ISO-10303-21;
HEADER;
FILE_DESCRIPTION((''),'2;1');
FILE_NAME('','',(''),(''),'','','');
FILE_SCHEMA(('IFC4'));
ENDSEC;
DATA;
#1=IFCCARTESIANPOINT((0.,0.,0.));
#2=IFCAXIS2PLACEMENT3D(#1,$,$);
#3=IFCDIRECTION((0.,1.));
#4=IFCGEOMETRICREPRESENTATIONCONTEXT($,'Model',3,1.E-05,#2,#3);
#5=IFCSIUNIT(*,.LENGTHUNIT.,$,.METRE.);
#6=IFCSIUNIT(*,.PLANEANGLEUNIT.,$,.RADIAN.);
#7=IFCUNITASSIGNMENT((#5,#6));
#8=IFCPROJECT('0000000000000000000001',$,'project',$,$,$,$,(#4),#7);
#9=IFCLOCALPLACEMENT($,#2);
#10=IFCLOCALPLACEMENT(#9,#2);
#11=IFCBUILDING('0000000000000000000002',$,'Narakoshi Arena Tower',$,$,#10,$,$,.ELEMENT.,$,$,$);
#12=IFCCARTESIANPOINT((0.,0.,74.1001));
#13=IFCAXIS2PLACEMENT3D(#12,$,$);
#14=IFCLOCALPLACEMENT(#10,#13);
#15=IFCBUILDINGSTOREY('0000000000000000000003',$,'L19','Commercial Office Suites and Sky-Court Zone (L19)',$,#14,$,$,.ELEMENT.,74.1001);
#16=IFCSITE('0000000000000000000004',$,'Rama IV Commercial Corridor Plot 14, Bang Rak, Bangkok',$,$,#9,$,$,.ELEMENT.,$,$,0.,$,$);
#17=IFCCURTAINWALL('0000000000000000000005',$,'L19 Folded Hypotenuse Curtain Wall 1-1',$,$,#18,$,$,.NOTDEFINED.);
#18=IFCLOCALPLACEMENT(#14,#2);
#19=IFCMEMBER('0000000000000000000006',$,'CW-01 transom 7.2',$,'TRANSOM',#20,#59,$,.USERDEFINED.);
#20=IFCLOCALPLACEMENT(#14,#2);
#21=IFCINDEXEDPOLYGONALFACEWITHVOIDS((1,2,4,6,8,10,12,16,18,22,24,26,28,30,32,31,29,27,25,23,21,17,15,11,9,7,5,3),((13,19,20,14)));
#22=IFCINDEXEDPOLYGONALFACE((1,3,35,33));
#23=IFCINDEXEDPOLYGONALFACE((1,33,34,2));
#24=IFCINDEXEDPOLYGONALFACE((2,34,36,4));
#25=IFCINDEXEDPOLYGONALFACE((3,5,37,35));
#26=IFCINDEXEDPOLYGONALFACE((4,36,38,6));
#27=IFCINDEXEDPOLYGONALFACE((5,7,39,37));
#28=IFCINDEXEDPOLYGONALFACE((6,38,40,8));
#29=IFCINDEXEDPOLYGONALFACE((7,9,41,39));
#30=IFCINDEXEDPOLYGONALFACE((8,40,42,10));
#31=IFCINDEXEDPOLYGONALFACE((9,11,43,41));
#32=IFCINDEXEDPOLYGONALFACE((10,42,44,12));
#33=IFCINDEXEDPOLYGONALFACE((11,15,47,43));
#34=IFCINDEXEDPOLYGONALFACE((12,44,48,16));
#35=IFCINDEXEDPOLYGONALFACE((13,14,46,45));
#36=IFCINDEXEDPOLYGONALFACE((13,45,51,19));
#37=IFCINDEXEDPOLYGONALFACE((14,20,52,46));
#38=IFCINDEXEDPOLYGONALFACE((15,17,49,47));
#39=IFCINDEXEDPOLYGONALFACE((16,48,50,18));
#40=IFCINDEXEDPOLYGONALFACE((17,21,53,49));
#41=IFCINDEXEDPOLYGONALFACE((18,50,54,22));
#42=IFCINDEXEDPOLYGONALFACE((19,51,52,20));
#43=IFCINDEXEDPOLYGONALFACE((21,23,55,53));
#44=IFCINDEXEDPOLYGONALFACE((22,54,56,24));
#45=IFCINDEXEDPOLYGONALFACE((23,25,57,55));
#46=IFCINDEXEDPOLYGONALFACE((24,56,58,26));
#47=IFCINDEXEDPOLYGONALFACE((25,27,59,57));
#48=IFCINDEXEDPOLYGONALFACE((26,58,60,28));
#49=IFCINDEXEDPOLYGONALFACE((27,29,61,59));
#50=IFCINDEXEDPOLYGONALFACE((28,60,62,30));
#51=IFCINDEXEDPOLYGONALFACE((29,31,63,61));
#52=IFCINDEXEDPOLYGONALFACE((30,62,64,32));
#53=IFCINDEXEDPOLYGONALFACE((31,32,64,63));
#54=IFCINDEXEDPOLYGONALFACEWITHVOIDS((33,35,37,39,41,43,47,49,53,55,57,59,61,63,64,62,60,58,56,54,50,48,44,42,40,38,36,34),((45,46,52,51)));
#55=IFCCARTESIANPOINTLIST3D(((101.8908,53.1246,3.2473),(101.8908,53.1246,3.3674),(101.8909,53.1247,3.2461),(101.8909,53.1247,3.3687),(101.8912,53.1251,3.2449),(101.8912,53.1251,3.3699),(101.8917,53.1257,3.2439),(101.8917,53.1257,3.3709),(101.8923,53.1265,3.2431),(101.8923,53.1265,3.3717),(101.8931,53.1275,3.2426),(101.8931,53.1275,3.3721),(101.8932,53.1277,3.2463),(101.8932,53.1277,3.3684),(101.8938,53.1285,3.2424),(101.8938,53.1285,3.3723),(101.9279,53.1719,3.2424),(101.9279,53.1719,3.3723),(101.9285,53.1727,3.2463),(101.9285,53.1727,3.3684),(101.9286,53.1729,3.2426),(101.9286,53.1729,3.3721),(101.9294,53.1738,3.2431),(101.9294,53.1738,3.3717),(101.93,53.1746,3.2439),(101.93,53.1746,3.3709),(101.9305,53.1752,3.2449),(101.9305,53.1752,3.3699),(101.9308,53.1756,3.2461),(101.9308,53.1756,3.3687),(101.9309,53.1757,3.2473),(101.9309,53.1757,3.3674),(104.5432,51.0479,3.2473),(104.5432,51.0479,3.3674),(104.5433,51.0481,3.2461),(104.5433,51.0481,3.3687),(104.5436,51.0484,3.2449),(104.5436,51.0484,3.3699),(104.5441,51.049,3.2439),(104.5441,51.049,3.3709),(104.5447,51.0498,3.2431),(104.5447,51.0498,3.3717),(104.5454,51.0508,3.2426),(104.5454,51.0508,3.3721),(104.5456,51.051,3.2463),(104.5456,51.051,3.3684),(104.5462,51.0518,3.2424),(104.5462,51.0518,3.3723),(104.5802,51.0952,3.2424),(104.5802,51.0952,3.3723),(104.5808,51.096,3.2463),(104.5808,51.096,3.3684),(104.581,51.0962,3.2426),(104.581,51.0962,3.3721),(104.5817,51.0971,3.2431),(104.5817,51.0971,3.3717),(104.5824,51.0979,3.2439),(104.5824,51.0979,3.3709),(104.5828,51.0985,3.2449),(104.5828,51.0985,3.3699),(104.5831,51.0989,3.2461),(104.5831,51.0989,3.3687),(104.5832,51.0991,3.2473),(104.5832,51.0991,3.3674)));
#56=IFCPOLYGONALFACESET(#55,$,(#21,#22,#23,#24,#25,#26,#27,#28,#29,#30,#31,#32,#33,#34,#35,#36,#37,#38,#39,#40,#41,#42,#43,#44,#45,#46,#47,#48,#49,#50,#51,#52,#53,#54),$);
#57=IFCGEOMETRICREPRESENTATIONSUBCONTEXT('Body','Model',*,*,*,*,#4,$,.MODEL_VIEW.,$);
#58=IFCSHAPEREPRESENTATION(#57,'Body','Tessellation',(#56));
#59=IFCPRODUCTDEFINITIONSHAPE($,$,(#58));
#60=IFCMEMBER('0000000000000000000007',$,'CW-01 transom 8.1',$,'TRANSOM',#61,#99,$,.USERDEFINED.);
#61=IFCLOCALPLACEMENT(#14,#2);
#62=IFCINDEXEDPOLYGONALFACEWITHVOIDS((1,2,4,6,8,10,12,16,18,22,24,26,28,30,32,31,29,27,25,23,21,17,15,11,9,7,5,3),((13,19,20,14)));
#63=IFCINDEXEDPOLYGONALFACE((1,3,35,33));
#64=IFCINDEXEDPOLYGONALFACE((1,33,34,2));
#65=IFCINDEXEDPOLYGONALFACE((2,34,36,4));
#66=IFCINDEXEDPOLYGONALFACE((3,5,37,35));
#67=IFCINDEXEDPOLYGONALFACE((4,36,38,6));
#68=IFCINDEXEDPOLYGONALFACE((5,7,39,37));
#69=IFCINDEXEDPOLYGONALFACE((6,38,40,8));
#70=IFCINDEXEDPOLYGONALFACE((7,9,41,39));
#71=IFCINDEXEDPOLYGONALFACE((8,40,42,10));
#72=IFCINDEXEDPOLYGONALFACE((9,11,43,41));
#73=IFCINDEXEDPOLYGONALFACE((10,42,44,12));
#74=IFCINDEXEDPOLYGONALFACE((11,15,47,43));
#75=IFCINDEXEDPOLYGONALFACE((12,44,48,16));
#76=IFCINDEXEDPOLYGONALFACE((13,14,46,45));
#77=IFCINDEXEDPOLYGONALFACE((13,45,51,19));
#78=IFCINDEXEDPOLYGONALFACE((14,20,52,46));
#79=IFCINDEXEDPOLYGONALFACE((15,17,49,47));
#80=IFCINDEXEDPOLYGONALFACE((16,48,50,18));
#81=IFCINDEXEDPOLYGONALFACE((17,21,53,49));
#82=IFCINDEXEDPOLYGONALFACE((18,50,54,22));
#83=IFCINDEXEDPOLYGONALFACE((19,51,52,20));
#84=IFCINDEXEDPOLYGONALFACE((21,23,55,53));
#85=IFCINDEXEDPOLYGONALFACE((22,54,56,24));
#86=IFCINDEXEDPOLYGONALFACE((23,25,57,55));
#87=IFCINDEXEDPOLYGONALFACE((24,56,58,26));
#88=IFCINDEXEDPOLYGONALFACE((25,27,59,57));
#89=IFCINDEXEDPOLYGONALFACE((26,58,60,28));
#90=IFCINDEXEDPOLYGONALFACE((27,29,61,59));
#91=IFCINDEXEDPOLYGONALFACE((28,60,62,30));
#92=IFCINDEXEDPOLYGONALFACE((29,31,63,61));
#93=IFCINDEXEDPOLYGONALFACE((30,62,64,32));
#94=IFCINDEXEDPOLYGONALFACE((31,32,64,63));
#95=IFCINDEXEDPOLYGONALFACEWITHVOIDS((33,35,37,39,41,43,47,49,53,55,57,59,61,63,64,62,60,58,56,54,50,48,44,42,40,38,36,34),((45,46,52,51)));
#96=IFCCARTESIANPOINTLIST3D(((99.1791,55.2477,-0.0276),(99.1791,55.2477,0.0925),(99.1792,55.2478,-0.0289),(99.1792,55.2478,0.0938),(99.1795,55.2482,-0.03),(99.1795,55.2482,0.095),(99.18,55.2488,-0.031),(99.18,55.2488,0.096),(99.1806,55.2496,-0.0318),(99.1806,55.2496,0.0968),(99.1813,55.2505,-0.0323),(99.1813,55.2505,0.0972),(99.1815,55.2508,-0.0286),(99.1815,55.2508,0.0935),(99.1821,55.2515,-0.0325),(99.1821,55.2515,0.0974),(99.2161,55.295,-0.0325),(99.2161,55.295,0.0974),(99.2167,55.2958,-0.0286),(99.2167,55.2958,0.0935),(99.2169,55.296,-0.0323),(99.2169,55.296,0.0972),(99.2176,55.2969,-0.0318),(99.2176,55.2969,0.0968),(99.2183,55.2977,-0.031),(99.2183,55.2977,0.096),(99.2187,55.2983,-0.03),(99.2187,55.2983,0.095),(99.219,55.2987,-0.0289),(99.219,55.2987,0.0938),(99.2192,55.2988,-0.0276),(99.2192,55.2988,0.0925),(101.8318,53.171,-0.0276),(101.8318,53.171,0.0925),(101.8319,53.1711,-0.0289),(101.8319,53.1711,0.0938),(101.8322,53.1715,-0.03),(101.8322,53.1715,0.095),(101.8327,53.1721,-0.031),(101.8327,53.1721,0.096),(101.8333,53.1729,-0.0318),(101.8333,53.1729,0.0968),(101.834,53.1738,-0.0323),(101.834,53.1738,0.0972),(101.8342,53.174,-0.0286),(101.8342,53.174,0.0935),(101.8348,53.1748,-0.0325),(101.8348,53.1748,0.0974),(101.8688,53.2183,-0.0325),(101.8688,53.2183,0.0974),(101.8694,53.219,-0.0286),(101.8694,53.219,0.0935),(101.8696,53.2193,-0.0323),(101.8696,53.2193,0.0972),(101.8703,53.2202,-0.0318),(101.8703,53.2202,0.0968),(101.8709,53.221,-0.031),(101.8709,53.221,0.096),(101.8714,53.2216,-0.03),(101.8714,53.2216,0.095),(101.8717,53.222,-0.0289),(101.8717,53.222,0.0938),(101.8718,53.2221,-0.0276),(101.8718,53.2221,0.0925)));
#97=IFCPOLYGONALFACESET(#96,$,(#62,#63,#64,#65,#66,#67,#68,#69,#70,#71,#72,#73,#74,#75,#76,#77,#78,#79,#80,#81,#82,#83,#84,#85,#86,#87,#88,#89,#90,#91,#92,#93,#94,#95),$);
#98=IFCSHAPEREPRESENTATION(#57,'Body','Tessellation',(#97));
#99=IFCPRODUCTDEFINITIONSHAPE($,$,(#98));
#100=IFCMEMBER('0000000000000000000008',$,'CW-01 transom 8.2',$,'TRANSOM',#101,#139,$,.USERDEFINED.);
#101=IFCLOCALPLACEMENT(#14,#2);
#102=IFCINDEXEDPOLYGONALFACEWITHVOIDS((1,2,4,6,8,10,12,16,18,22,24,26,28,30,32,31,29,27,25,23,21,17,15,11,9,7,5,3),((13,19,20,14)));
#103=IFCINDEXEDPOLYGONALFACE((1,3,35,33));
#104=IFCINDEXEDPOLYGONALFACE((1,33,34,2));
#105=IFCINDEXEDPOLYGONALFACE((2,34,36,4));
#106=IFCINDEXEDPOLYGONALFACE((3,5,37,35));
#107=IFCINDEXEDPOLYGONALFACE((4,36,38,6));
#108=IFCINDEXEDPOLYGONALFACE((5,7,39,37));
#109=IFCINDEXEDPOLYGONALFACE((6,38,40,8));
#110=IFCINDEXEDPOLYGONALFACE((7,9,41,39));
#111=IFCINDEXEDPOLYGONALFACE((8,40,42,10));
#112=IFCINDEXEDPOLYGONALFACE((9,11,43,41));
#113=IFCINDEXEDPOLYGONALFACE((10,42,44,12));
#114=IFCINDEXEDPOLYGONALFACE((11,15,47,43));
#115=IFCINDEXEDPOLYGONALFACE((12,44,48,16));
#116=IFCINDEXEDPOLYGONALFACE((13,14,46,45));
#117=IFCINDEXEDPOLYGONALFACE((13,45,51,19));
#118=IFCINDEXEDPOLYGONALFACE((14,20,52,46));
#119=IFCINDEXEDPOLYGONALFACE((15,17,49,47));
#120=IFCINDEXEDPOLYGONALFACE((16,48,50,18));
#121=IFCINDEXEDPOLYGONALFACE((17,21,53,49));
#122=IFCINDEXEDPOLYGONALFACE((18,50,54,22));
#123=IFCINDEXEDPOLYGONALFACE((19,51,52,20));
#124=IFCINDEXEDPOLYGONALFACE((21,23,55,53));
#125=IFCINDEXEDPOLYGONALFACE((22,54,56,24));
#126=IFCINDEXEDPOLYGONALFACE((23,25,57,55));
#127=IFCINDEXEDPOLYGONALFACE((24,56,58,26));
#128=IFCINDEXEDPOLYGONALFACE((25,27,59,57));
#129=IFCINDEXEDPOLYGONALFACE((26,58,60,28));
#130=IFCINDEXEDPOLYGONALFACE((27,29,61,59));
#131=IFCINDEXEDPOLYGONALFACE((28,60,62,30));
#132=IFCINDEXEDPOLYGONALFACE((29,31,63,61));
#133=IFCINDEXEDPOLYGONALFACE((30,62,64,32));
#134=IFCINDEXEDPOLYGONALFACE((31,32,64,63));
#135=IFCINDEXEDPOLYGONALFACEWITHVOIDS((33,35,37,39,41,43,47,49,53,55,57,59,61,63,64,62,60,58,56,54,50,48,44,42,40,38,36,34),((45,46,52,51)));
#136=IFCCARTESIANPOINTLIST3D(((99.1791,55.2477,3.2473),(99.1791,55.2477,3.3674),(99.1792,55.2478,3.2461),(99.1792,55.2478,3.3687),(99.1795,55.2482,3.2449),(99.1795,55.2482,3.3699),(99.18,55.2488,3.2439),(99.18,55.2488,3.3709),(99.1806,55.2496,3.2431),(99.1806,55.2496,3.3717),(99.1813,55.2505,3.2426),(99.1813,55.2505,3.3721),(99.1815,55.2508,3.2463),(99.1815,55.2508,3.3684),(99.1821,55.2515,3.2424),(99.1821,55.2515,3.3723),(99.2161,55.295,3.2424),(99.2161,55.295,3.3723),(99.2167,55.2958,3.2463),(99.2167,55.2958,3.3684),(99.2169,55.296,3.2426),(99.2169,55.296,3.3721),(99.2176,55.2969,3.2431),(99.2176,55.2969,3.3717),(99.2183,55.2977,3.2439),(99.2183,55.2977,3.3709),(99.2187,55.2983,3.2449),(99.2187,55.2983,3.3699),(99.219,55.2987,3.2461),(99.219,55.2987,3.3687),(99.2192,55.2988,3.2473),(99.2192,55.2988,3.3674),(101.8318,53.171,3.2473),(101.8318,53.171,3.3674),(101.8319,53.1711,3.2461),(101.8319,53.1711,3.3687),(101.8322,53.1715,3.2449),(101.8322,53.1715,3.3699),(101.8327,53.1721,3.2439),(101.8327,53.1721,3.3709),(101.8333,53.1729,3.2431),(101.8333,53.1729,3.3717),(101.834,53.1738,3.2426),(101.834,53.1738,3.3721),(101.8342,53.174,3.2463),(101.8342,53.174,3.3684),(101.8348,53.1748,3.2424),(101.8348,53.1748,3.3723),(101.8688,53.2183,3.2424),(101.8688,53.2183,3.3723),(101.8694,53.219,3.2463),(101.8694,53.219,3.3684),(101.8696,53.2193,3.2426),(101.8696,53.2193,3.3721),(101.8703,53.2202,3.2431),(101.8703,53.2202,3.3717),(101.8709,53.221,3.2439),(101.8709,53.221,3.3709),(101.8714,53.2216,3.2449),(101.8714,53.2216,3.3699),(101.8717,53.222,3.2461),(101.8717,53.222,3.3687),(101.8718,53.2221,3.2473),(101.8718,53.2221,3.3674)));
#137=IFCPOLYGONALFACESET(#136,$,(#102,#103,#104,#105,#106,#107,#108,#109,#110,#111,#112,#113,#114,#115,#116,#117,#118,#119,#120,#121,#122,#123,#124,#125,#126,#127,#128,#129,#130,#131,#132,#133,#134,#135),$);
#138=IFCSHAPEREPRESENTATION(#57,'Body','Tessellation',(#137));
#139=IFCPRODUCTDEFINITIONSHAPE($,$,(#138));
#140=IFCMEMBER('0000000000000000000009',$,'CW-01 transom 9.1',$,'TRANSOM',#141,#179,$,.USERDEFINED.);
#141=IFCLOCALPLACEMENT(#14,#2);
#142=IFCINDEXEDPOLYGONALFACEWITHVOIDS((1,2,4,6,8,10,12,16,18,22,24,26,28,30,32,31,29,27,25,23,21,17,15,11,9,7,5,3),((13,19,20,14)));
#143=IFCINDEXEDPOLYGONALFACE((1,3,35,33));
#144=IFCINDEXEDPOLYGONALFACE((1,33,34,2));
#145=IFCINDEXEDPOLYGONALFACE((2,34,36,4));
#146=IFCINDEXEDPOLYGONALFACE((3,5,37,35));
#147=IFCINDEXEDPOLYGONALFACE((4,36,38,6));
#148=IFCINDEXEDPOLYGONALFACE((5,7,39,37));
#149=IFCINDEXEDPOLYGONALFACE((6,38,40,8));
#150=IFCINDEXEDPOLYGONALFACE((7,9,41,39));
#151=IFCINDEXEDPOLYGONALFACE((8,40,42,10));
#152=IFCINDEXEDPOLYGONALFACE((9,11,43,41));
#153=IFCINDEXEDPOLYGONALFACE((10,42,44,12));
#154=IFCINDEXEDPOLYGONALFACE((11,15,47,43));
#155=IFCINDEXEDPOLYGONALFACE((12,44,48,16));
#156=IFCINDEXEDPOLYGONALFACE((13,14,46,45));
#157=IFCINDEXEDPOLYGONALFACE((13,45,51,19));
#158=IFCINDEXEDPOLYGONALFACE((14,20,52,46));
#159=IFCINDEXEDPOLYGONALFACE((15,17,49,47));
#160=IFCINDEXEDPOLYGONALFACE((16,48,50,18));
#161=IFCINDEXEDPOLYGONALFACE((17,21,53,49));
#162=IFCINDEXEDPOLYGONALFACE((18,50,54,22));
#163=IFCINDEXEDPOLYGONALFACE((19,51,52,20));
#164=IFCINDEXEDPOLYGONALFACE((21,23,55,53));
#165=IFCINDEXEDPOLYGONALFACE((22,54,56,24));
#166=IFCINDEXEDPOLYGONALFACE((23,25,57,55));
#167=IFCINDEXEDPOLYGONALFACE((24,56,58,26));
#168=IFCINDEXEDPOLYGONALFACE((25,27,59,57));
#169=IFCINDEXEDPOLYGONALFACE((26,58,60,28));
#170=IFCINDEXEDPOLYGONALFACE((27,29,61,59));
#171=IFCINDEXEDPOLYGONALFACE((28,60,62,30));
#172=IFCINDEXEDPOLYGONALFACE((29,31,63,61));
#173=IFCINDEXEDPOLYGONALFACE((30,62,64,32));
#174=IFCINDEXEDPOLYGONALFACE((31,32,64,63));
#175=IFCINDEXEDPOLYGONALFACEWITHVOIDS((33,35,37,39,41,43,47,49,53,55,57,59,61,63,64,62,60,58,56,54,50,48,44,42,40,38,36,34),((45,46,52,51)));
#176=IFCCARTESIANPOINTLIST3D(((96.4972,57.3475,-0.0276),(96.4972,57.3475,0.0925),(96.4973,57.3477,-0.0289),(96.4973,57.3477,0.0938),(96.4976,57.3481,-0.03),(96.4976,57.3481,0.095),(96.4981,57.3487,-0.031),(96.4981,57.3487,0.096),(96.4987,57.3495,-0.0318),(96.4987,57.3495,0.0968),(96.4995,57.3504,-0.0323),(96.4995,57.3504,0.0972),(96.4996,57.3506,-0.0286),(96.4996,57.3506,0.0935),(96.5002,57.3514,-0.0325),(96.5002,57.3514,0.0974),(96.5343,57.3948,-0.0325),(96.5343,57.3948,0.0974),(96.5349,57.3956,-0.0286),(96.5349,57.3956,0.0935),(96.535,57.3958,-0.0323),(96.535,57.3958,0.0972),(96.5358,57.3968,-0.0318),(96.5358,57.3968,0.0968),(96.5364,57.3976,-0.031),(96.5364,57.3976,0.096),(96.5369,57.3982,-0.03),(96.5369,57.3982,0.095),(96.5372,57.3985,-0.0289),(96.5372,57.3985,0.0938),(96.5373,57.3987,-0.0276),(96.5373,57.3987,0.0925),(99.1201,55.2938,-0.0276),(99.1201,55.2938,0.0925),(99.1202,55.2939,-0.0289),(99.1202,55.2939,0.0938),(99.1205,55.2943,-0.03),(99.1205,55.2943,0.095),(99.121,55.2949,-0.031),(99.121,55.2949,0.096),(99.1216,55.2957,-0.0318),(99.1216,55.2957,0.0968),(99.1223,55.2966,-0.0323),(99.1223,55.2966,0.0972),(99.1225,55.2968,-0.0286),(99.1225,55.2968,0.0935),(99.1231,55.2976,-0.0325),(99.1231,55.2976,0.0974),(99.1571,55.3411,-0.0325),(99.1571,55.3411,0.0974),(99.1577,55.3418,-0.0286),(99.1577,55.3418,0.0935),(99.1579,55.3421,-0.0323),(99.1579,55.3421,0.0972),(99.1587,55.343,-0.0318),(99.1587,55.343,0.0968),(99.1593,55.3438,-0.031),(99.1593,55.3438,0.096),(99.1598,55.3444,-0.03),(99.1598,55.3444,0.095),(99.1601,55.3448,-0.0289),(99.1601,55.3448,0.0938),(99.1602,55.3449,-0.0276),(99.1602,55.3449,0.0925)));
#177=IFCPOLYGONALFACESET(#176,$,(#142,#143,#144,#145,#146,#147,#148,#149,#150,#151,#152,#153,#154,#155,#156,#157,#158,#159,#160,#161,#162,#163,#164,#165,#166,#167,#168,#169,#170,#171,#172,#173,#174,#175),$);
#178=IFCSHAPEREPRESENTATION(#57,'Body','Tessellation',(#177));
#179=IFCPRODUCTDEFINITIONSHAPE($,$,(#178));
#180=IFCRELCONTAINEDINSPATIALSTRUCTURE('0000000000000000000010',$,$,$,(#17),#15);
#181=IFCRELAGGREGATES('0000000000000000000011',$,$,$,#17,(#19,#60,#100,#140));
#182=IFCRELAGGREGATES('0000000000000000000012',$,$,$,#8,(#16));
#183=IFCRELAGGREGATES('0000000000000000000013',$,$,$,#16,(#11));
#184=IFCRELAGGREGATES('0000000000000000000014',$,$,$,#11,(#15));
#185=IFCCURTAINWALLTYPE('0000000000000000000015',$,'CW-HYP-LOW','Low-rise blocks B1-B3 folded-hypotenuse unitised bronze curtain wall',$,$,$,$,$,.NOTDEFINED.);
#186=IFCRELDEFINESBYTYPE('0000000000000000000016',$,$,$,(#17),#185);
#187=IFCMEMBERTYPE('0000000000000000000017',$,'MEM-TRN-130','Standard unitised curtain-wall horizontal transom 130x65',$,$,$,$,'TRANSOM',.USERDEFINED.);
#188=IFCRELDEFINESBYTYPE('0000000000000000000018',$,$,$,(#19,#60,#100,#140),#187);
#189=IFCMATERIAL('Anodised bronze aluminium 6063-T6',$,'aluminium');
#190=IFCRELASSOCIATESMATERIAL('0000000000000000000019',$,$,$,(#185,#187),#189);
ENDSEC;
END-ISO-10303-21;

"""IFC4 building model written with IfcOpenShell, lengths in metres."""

from ifc_helpers import new_model, si_unit, direction, frame, origin, origin_2d, place, context, subcontext, project, spatial, hollow_rectangle, extrude, material, material_profile, profile_set, type_object, element, aggregate, save


model = new_model("IFC4")

# Units and contexts
model_context = context("Model", 3, precision=1e-05, world=origin(), true_north=direction((0.0, 1.0)))
body_context = subcontext(model_context, "Body", "Model", "MODEL_VIEW")
ifc_project = project(units=[si_unit("LENGTHUNIT", "METRE"), si_unit("PLANEANGLEUNIT", "RADIAN")], contexts=[model_context])

# Site, building, storey
site_placement = place(None, origin())
site = spatial("IfcSite", under=ifc_project, at=site_placement, Name="Rama IV Commercial Corridor Plot 14, Bang Rak, Bangkok", CompositionType="ELEMENT", RefElevation=0.0)
building_placement = place(site_placement, origin())
building = spatial("IfcBuilding", under=site, at=building_placement, Name="Narakoshi Arena Tower", CompositionType="ELEMENT")
storey_placement = place(building_placement, frame((0.0, 0.0, 74.1001)))
storey = spatial("IfcBuildingStorey", under=building, at=storey_placement, Name="L19", Description="Commercial Office Suites and Sky-Court Zone (L19)", CompositionType="ELEMENT", Elevation=74.1001)

# Curtain wall, members
ifc_material_1 = material(Name="Anodised bronze aluminium 6063-T6", Category="aluminium")
curtain_wall_type = type_object("IfcCurtainWallType", Name="CW-HYP-LOW", Description="Low-rise blocks B1-B3 folded-hypotenuse unitised bronze curtain wall", PredefinedType="NOTDEFINED", material=ifc_material_1)
curtain_wall_placement = place(storey_placement, origin())
curtain_wall = element("IfcCurtainWall", 1, at=curtain_wall_placement, inside=storey, type_object=curtain_wall_type, Name="L19 Folded Hypotenuse Curtain Wall 1-1", PredefinedType="NOTDEFINED")
ifc_material_profile_1 = material_profile(ifc_material_1, hollow_rectangle(XDim=0.0649, YDim=0.1299, WallThickness=0.0039, OuterFilletRadius=0.0049, at=origin_2d()), Name="TRN130x65x4")
ifc_profile_set_1 = profile_set([ifc_material_profile_1], Name="Anodised bronze aluminium 6063-T6")
member_type_1 = type_object("IfcMemberType", Name="MEM-TRN-130", Description="Standard unitised curtain-wall horizontal transom 130x65", ElementType="TRANSOM", PredefinedType="USERDEFINED", material=ifc_profile_set_1)
member_1_placement = place(storey_placement, frame((104.5632, 51.0735, 3.3074), z_axis=(-0.787373, 0.616476, 0.0), x_axis=(-0.616476, -0.787373, 0.0)))
member_1 = element("IfcMember", 2, at=member_1_placement, type_object=member_type_1, Name="CW-01 transom 7.2", ObjectType="TRANSOM", PredefinedType="USERDEFINED", context=body_context, shape_type="SweptSolid", body=[
    extrude(hollow_rectangle(XDim=0.0649, YDim=0.1299, WallThickness=0.0039, OuterFilletRadius=0.0049, at=origin_2d()), origin(), (0.0, 0.0, 1.0), 3.3687),
])
member_2_placement = place(storey_placement, frame((101.8518, 53.1965, 0.0325), z_axis=(-0.787401, 0.616441, 0.0), x_axis=(-0.616441, -0.787401, 0.0)))
member_2 = element("IfcMember", 3, at=member_2_placement, type_object=member_type_1, Name="CW-01 transom 8.1", ObjectType="TRANSOM", PredefinedType="USERDEFINED", context=body_context, shape_type="SweptSolid", body=[
    extrude(hollow_rectangle(XDim=0.0649, YDim=0.1299, WallThickness=0.0039, OuterFilletRadius=0.0049, at=origin_2d()), origin(), (0.0, 0.0, 1.0), 3.3689),
])
member_3_placement = place(storey_placement, frame((101.8518, 53.1965, 3.3074), z_axis=(-0.787401, 0.616441, 0.0), x_axis=(-0.616441, -0.787401, 0.0)))
member_3 = element("IfcMember", 4, at=member_3_placement, type_object=member_type_1, Name="CW-01 transom 8.2", ObjectType="TRANSOM", PredefinedType="USERDEFINED", context=body_context, shape_type="SweptSolid", body=[
    extrude(hollow_rectangle(XDim=0.0649, YDim=0.1299, WallThickness=0.0039, OuterFilletRadius=0.0049, at=origin_2d()), origin(), (0.0, 0.0, 1.0), 3.3689),
])
member_4_placement = place(storey_placement, frame((99.1401, 55.3193, 0.0325), z_axis=(-0.787347, 0.61651, 0.0), x_axis=(-0.61651, -0.787347, 0.0)))
member_4 = element("IfcMember", 5, at=member_4_placement, type_object=member_type_1, Name="CW-01 transom 9.1", ObjectType="TRANSOM", PredefinedType="USERDEFINED", context=body_context, shape_type="SweptSolid", body=[
    extrude(hollow_rectangle(XDim=0.0649, YDim=0.1299, WallThickness=0.0039, OuterFilletRadius=0.0049, at=origin_2d()), origin(), (0.0, 0.0, 1.0), 3.3313),
])
aggregate(curtain_wall, [member_1, member_2, member_3, member_4])

save(model, "model.ifc")
